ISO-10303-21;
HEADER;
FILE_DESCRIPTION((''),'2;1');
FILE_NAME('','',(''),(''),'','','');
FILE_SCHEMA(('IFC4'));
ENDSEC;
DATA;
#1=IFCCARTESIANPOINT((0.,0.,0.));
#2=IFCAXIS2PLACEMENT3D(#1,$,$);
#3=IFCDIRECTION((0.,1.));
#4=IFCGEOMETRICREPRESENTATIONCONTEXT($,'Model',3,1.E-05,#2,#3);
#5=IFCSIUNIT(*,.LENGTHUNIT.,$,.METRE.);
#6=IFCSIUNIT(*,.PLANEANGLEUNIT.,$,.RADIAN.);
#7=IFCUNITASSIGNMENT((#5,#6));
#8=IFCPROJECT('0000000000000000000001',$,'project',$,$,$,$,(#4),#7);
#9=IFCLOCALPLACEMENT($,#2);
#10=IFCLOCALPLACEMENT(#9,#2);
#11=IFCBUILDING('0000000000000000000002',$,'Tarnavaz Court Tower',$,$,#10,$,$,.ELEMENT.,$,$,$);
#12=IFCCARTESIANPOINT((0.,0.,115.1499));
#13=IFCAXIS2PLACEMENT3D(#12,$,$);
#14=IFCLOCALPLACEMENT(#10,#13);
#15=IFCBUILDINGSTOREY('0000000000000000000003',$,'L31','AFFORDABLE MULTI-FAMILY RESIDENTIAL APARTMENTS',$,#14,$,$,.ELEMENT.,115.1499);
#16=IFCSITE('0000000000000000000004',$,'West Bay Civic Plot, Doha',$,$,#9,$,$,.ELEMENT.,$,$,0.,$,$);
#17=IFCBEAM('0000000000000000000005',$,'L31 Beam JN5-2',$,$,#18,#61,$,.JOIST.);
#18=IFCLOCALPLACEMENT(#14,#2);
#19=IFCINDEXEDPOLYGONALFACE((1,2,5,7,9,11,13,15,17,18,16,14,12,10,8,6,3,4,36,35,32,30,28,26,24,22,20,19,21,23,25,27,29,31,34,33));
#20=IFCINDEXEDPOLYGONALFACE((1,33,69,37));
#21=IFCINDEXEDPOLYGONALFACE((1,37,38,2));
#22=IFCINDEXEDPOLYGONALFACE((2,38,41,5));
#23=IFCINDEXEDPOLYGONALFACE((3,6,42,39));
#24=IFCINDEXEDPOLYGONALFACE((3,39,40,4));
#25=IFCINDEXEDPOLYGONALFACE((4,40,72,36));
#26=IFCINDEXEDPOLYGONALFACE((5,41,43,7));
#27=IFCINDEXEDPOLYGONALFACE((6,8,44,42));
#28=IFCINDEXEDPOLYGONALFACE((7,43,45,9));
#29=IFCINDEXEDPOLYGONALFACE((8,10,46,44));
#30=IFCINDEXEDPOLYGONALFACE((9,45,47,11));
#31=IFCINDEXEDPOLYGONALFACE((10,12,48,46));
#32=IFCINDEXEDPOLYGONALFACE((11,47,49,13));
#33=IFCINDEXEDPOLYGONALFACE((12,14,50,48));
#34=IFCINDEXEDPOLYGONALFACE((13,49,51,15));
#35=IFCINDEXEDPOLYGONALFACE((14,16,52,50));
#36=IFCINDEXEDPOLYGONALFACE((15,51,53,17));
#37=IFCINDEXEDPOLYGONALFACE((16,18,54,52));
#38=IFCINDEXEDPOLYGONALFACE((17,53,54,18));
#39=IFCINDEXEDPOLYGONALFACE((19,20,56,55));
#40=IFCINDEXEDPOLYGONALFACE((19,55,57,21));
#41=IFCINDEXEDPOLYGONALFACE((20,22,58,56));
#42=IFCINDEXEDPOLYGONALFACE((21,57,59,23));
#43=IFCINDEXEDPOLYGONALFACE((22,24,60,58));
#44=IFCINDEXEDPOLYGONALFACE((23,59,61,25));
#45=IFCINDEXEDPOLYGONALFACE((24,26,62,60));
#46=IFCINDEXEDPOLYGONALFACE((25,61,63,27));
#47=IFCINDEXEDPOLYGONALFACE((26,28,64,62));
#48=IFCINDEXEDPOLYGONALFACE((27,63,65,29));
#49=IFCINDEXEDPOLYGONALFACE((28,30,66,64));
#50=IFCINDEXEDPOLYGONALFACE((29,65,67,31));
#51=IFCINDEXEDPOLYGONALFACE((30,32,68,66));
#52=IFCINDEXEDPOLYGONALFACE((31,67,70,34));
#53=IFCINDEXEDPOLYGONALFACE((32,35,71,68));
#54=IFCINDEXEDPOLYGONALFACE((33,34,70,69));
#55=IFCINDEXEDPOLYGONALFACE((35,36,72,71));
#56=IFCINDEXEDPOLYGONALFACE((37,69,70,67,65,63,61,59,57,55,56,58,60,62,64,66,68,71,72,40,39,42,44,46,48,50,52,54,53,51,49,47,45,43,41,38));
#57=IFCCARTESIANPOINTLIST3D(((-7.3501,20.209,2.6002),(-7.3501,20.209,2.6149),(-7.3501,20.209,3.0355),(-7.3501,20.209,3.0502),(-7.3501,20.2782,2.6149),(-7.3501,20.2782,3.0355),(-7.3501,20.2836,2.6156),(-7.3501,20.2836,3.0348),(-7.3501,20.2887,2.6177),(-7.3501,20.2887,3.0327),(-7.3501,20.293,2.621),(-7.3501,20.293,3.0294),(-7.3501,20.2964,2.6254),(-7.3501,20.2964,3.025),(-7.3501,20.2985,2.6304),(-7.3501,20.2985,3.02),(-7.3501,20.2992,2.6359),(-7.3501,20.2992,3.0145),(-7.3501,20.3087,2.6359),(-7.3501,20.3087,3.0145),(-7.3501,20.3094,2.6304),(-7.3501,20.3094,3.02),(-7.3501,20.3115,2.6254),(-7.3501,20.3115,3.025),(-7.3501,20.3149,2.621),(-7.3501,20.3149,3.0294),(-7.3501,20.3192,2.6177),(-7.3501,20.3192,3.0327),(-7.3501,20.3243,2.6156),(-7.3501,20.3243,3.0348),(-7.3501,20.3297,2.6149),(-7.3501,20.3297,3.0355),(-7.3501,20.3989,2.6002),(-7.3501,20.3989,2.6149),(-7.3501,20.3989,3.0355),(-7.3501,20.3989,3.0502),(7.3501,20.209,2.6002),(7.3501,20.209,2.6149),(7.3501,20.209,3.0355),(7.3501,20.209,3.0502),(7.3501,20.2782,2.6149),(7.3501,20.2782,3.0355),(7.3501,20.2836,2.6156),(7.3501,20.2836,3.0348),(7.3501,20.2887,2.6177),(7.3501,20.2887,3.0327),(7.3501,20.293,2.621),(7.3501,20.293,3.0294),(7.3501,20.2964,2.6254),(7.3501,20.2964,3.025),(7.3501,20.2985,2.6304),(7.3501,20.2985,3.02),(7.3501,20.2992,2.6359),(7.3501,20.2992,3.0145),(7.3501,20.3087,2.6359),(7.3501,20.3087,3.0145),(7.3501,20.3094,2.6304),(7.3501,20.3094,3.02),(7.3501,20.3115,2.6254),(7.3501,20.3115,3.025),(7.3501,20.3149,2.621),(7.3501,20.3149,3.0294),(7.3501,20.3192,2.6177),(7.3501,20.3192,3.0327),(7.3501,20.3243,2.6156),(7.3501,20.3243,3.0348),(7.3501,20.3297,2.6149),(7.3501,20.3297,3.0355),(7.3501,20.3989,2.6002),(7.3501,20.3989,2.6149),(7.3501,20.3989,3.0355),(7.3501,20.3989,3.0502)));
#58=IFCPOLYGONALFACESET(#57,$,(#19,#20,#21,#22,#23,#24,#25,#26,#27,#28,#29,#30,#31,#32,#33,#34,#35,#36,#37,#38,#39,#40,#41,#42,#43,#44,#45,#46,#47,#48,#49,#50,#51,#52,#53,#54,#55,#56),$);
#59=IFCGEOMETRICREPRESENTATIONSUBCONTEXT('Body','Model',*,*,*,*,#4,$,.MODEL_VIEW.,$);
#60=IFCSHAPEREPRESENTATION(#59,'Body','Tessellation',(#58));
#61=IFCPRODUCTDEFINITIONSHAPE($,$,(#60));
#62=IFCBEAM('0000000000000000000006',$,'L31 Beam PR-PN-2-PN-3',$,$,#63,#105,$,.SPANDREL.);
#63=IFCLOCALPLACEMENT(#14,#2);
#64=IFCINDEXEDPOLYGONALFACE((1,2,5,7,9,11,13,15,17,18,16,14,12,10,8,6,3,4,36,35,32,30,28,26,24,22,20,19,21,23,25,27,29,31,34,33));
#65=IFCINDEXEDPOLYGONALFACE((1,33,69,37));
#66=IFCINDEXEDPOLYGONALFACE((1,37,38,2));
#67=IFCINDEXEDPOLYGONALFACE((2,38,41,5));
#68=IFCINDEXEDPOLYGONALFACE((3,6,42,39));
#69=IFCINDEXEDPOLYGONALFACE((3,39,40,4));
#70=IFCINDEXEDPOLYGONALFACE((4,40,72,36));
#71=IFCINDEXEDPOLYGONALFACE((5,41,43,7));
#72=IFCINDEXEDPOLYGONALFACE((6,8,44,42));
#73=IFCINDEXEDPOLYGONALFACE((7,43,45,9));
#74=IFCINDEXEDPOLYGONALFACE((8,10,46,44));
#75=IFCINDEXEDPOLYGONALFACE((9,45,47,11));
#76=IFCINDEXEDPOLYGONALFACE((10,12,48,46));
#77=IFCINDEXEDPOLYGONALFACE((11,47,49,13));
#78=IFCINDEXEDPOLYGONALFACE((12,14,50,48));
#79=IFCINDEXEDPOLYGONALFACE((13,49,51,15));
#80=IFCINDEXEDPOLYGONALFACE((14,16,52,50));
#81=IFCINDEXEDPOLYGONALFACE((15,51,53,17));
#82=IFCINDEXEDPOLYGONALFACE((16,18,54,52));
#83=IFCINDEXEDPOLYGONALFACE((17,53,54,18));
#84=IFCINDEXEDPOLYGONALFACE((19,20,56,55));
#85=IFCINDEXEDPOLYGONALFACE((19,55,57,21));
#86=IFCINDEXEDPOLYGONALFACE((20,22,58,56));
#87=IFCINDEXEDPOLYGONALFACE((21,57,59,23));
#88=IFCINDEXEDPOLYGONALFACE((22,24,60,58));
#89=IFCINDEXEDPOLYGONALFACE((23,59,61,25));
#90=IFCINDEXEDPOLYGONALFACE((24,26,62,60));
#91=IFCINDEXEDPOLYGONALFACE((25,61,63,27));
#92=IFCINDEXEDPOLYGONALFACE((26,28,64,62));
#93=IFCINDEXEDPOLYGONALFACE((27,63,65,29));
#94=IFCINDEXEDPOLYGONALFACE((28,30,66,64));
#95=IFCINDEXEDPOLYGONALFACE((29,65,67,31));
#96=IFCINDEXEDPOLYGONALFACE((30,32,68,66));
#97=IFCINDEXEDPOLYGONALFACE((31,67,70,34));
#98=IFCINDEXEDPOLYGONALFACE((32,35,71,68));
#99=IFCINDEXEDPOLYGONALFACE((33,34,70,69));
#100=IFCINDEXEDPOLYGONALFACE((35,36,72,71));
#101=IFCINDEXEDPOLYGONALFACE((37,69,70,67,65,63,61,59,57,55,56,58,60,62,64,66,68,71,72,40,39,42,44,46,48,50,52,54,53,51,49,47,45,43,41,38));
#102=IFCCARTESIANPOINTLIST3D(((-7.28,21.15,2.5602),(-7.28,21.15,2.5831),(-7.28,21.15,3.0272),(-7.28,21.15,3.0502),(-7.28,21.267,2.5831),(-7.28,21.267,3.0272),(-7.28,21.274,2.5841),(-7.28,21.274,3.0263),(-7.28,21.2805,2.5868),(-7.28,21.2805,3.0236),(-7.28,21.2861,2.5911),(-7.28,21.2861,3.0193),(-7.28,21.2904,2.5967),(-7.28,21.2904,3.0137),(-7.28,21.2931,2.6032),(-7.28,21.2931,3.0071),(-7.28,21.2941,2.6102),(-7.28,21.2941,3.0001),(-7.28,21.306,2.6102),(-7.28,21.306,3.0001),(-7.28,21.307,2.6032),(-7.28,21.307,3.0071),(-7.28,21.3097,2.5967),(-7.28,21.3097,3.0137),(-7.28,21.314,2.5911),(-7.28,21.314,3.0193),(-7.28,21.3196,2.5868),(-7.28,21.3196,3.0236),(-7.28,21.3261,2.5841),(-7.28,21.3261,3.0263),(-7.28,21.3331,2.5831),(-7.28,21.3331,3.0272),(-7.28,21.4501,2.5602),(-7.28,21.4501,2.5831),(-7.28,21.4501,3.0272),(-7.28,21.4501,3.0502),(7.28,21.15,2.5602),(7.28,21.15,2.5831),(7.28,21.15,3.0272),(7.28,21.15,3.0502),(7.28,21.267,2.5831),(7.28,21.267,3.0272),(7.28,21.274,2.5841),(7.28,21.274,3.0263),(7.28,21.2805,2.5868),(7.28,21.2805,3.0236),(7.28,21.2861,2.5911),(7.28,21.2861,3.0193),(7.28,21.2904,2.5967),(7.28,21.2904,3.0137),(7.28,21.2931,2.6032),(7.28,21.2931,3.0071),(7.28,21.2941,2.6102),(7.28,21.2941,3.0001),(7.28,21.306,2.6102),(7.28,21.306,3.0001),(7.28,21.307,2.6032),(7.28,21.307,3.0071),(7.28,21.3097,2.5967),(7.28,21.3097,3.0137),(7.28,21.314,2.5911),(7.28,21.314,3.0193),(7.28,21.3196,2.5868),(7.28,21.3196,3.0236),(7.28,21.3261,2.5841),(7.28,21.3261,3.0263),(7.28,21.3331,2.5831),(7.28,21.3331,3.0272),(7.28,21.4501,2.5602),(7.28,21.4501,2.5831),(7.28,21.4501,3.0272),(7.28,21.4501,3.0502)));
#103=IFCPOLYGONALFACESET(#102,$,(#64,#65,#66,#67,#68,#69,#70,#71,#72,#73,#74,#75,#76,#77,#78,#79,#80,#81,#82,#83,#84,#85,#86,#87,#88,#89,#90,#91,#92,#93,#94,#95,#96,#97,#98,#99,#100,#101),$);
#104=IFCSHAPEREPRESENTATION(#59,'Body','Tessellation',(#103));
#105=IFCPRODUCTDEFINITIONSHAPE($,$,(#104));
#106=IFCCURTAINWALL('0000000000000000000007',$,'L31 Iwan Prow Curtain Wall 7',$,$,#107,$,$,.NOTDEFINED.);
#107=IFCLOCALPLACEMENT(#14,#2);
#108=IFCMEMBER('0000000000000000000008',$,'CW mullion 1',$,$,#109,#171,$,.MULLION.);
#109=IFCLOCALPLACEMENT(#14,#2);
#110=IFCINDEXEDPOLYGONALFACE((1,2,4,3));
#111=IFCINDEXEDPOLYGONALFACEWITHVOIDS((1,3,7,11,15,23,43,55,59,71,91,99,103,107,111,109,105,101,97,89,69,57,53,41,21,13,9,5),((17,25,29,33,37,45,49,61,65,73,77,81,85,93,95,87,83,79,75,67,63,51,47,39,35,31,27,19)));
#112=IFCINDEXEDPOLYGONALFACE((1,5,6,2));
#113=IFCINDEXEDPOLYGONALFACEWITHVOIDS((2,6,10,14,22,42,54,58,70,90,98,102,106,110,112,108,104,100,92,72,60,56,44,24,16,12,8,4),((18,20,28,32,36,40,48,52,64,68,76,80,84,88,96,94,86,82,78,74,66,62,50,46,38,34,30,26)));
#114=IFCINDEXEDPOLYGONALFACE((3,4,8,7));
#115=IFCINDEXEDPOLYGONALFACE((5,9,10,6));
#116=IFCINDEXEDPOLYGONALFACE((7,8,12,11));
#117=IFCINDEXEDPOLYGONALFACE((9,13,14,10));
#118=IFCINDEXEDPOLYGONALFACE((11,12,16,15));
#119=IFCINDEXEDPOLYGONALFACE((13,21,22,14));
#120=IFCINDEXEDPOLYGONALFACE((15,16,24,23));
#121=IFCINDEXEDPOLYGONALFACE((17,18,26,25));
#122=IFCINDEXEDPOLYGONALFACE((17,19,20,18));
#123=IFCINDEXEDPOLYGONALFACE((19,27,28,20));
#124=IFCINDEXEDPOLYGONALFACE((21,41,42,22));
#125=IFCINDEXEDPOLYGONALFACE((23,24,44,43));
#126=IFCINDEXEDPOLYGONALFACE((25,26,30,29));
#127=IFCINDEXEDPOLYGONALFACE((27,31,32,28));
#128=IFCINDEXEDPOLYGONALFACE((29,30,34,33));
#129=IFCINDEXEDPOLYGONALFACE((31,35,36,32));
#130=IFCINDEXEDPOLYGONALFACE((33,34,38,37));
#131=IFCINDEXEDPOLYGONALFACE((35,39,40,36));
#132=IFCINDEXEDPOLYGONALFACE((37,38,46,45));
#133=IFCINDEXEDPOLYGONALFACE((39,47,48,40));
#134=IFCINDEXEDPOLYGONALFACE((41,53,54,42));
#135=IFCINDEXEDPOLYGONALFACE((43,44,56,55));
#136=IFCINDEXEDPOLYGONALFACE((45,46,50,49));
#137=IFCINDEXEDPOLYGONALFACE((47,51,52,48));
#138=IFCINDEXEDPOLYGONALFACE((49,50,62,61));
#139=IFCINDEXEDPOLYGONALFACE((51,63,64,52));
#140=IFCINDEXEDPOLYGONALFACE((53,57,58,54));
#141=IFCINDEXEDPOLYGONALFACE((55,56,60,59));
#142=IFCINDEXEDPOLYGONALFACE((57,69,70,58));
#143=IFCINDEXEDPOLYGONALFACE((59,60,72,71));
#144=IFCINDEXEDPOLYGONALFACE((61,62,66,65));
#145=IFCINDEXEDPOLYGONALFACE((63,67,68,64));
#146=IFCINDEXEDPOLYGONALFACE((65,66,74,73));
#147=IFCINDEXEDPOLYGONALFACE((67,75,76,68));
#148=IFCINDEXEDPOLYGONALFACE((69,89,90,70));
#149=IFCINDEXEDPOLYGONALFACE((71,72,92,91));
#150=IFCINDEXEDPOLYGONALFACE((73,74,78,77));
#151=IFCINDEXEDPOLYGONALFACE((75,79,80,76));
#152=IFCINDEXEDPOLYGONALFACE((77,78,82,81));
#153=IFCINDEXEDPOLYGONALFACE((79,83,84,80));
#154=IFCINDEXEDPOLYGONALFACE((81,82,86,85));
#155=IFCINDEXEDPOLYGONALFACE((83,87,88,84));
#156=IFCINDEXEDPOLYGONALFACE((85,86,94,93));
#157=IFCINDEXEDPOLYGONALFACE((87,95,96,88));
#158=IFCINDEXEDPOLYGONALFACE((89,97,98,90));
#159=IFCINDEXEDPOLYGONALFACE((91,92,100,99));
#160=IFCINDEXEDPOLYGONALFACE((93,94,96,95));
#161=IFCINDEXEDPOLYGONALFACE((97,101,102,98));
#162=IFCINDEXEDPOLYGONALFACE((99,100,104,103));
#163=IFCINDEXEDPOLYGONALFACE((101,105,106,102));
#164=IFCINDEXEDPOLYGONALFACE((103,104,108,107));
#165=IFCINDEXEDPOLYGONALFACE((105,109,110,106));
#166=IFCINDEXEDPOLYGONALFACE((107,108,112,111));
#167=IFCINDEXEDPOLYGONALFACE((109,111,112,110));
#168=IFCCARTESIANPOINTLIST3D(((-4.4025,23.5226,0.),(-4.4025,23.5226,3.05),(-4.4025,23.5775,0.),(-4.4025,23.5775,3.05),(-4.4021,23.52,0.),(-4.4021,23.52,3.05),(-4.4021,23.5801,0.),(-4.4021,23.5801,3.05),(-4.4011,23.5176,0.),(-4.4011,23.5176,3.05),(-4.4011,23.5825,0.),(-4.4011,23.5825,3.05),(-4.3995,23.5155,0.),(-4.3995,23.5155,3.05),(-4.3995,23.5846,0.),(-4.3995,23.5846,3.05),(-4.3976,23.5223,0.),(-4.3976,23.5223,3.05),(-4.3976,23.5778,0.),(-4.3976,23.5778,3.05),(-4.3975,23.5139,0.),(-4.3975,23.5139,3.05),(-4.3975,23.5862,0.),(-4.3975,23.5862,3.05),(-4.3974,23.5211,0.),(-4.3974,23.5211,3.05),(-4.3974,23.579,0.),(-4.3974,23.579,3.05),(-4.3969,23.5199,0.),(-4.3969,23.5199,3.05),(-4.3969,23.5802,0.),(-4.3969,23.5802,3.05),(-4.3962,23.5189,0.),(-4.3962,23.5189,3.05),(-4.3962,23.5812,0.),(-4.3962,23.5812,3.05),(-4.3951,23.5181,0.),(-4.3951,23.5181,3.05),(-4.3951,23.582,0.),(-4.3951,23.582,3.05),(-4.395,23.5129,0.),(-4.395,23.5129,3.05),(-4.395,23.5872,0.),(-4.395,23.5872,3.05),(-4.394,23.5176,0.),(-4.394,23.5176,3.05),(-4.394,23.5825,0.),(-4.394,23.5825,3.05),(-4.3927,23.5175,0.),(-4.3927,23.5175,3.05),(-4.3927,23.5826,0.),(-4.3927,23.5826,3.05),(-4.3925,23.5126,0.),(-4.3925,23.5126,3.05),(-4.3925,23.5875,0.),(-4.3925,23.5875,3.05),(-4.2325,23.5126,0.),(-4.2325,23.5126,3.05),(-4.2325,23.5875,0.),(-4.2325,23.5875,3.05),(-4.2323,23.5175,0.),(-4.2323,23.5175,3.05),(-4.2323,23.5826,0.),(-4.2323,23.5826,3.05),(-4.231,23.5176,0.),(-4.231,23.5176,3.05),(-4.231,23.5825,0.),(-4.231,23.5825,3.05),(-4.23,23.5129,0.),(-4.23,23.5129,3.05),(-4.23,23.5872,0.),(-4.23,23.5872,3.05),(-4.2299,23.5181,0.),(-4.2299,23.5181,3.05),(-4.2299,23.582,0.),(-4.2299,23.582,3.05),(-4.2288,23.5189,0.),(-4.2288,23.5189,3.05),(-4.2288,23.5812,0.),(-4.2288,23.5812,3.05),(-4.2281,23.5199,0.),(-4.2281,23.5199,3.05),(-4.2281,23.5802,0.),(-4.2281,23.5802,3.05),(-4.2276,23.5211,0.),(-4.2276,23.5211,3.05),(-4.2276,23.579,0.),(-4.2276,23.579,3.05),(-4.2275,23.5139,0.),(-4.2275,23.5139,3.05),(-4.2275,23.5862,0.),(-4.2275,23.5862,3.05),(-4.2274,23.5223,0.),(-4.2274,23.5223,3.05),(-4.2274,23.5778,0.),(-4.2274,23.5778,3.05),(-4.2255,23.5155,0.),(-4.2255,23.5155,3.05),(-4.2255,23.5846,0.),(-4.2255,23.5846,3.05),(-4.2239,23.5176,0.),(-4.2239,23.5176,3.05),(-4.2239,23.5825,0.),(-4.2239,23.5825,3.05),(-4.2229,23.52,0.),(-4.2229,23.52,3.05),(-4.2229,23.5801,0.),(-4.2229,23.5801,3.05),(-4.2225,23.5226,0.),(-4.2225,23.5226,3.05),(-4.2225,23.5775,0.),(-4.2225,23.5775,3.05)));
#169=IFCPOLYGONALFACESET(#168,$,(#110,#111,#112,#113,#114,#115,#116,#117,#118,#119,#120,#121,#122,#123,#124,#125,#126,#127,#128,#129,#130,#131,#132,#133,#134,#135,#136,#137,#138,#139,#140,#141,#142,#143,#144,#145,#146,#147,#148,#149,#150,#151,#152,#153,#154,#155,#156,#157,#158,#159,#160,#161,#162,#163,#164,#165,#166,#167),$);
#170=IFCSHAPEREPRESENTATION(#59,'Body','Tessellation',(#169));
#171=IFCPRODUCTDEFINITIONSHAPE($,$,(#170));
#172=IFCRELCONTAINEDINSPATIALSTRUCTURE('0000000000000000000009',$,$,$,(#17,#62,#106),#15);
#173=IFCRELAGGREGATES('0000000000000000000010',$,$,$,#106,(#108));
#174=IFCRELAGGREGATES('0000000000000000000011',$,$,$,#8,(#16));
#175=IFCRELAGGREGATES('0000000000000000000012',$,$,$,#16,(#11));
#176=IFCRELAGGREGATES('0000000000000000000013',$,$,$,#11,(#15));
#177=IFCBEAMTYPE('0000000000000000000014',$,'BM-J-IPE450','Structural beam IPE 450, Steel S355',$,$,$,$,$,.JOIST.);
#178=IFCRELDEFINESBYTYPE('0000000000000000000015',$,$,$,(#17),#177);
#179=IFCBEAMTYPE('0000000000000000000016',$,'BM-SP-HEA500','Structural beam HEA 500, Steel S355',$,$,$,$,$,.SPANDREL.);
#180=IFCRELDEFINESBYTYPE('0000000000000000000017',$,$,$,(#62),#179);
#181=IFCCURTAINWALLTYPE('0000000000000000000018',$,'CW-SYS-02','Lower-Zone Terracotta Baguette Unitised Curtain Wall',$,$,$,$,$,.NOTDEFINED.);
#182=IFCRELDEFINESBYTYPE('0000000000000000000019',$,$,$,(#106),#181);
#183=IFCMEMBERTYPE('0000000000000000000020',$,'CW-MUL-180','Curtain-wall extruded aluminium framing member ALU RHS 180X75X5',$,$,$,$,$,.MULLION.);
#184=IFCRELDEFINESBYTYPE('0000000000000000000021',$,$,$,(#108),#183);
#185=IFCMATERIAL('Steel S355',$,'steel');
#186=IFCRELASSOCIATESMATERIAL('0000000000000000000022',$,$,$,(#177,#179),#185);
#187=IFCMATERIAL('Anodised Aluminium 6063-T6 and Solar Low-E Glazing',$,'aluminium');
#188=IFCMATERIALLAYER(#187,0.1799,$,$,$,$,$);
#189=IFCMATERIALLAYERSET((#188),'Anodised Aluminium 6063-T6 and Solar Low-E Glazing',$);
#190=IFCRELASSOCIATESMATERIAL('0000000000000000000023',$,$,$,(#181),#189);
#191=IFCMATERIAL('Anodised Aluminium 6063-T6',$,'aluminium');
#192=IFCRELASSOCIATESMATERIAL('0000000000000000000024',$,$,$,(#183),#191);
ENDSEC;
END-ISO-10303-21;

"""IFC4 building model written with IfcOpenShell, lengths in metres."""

from ifc_helpers import new_model, si_unit, direction, frame, origin, origin_2d, place, context, subcontext, project, spatial, hollow_rectangle, i_section, extrude, material, layer, layer_set, material_profile, profile_set, type_object, element, aggregate, save


model = new_model("IFC4")

# Units and contexts
model_context = context("Model", 3, precision=1e-05, world=origin(), true_north=direction((0.0, 1.0)))
body_context = subcontext(model_context, "Body", "Model", "MODEL_VIEW")
ifc_project = project(units=[si_unit("LENGTHUNIT", "METRE"), si_unit("PLANEANGLEUNIT", "RADIAN")], contexts=[model_context])

# Site, building, storey
site_placement = place(None, origin())
site = spatial("IfcSite", under=ifc_project, at=site_placement, Name="West Bay Civic Plot, Doha", CompositionType="ELEMENT", RefElevation=0.0)
building_placement = place(site_placement, origin())
building = spatial("IfcBuilding", under=site, at=building_placement, Name="Tarnavaz Court Tower", CompositionType="ELEMENT")
storey_placement = place(building_placement, frame((0.0, 0.0, 115.1499)))
storey = spatial("IfcBuildingStorey", under=building, at=storey_placement, Name="L31", Description="AFFORDABLE MULTI-FAMILY RESIDENTIAL APARTMENTS", CompositionType="ELEMENT", Elevation=115.1499)

# Beams
ifc_material_1 = material(Name="Steel S355", Category="steel")
ifc_material_profile_1 = material_profile(ifc_material_1, i_section(OverallWidth=0.1899, OverallDepth=0.45, WebThickness=0.0095, FlangeThickness=0.0146, FilletRadius=0.021, at=origin_2d()), Name="IPE 450")
ifc_profile_set_1 = profile_set([ifc_material_profile_1], Name="Steel S355")
beam_type_1 = type_object("IfcBeamType", Name="BM-J-IPE450", Description="Structural beam IPE 450, Steel S355", PredefinedType="JOIST", material=ifc_profile_set_1)
for number, where, z_axis, x_axis, name in (
    (1, (-7.3501, 20.304, 2.8252), (1.0, 0.0, 0.0), (0.0, 1.0, 0.0), "L31 Beam JN5-2"),
):
    element("IfcBeam", number, at=place(storey_placement, frame(where, z_axis=z_axis, x_axis=x_axis)), inside=storey, type_object=beam_type_1, Name=name, PredefinedType="JOIST", context=body_context, shape_type="SweptSolid", body=[
        extrude(i_section(OverallWidth=0.1899, OverallDepth=0.45, WebThickness=0.0095, FlangeThickness=0.0146, FilletRadius=0.021, at=origin_2d()), origin(), (0.0, 0.0, 1.0), 14.7002),
    ])
ifc_material_profile_2 = material_profile(ifc_material_1, i_section(OverallWidth=0.3, OverallDepth=0.49, WebThickness=0.012, FlangeThickness=0.0229, FilletRadius=0.0271, at=origin_2d()), Name="HEA 500")
ifc_profile_set_2 = profile_set([ifc_material_profile_2], Name="Steel S355")
beam_type_2 = type_object("IfcBeamType", Name="BM-SP-HEA500", Description="Structural beam HEA 500, Steel S355", PredefinedType="SPANDREL", material=ifc_profile_set_2)
beam_placement = place(storey_placement, frame((-7.28, 21.3, 2.8052), z_axis=(1.0, 0.0, 0.0), x_axis=(0.0, 1.0, 0.0)))
element("IfcBeam", 2, at=beam_placement, inside=storey, type_object=beam_type_2, Name="L31 Beam PR-PN-2-PN-3", PredefinedType="SPANDREL", context=body_context, shape_type="SweptSolid", body=[
    extrude(i_section(OverallWidth=0.3, OverallDepth=0.49, WebThickness=0.012, FlangeThickness=0.0229, FilletRadius=0.0271, at=origin_2d()), origin(), (0.0, 0.0, 1.0), 14.5601),
])

# Curtain wall, member
ifc_material_2 = material(Name="Anodised Aluminium 6063-T6 and Solar Low-E Glazing", Category="aluminium")
ifc_layer_1 = layer(ifc_material_2, 0.1799)
ifc_layer_set_1 = layer_set([ifc_layer_1], Name="Anodised Aluminium 6063-T6 and Solar Low-E Glazing")
curtain_wall_type = type_object("IfcCurtainWallType", Name="CW-SYS-02", Description="Lower-Zone Terracotta Baguette Unitised Curtain Wall", PredefinedType="NOTDEFINED", material=ifc_layer_set_1)
curtain_wall_placement = place(storey_placement, origin())
curtain_wall = element("IfcCurtainWall", 3, at=curtain_wall_placement, inside=storey, type_object=curtain_wall_type, Name="L31 Iwan Prow Curtain Wall 7", PredefinedType="NOTDEFINED")
ifc_material_3 = material(Name="Anodised Aluminium 6063-T6", Category="aluminium")
ifc_material_profile_3 = material_profile(ifc_material_3, hollow_rectangle(XDim=0.075, YDim=0.1799, WallThickness=0.0049, InnerFilletRadius=0.0049, OuterFilletRadius=0.01, at=origin_2d()), Name="ALU RHS 180X75X5")
ifc_profile_set_3 = profile_set([ifc_material_profile_3], Name="Anodised Aluminium 6063-T6")
member_type_1 = type_object("IfcMemberType", Name="CW-MUL-180", Description="Curtain-wall extruded aluminium framing member ALU RHS 180X75X5", PredefinedType="MULLION", material=ifc_profile_set_3)
member_1_placement = place(storey_placement, frame((-4.3125, 23.55, 0.0), z_axis=(0.0, 0.0, 1.0), x_axis=(0.0, 1.0, 0.0)))
member_1 = element("IfcMember", 4, at=member_1_placement, type_object=member_type_1, Name="CW mullion 1", PredefinedType="MULLION", context=body_context, shape_type="SweptSolid", body=[
    extrude(hollow_rectangle(XDim=0.075, YDim=0.1799, WallThickness=0.0049, InnerFilletRadius=0.0049, OuterFilletRadius=0.01, at=origin_2d()), origin(), (0.0, 0.0, 1.0), 3.05),
])
aggregate(curtain_wall, [member_1])

save(model, "model.ifc")
